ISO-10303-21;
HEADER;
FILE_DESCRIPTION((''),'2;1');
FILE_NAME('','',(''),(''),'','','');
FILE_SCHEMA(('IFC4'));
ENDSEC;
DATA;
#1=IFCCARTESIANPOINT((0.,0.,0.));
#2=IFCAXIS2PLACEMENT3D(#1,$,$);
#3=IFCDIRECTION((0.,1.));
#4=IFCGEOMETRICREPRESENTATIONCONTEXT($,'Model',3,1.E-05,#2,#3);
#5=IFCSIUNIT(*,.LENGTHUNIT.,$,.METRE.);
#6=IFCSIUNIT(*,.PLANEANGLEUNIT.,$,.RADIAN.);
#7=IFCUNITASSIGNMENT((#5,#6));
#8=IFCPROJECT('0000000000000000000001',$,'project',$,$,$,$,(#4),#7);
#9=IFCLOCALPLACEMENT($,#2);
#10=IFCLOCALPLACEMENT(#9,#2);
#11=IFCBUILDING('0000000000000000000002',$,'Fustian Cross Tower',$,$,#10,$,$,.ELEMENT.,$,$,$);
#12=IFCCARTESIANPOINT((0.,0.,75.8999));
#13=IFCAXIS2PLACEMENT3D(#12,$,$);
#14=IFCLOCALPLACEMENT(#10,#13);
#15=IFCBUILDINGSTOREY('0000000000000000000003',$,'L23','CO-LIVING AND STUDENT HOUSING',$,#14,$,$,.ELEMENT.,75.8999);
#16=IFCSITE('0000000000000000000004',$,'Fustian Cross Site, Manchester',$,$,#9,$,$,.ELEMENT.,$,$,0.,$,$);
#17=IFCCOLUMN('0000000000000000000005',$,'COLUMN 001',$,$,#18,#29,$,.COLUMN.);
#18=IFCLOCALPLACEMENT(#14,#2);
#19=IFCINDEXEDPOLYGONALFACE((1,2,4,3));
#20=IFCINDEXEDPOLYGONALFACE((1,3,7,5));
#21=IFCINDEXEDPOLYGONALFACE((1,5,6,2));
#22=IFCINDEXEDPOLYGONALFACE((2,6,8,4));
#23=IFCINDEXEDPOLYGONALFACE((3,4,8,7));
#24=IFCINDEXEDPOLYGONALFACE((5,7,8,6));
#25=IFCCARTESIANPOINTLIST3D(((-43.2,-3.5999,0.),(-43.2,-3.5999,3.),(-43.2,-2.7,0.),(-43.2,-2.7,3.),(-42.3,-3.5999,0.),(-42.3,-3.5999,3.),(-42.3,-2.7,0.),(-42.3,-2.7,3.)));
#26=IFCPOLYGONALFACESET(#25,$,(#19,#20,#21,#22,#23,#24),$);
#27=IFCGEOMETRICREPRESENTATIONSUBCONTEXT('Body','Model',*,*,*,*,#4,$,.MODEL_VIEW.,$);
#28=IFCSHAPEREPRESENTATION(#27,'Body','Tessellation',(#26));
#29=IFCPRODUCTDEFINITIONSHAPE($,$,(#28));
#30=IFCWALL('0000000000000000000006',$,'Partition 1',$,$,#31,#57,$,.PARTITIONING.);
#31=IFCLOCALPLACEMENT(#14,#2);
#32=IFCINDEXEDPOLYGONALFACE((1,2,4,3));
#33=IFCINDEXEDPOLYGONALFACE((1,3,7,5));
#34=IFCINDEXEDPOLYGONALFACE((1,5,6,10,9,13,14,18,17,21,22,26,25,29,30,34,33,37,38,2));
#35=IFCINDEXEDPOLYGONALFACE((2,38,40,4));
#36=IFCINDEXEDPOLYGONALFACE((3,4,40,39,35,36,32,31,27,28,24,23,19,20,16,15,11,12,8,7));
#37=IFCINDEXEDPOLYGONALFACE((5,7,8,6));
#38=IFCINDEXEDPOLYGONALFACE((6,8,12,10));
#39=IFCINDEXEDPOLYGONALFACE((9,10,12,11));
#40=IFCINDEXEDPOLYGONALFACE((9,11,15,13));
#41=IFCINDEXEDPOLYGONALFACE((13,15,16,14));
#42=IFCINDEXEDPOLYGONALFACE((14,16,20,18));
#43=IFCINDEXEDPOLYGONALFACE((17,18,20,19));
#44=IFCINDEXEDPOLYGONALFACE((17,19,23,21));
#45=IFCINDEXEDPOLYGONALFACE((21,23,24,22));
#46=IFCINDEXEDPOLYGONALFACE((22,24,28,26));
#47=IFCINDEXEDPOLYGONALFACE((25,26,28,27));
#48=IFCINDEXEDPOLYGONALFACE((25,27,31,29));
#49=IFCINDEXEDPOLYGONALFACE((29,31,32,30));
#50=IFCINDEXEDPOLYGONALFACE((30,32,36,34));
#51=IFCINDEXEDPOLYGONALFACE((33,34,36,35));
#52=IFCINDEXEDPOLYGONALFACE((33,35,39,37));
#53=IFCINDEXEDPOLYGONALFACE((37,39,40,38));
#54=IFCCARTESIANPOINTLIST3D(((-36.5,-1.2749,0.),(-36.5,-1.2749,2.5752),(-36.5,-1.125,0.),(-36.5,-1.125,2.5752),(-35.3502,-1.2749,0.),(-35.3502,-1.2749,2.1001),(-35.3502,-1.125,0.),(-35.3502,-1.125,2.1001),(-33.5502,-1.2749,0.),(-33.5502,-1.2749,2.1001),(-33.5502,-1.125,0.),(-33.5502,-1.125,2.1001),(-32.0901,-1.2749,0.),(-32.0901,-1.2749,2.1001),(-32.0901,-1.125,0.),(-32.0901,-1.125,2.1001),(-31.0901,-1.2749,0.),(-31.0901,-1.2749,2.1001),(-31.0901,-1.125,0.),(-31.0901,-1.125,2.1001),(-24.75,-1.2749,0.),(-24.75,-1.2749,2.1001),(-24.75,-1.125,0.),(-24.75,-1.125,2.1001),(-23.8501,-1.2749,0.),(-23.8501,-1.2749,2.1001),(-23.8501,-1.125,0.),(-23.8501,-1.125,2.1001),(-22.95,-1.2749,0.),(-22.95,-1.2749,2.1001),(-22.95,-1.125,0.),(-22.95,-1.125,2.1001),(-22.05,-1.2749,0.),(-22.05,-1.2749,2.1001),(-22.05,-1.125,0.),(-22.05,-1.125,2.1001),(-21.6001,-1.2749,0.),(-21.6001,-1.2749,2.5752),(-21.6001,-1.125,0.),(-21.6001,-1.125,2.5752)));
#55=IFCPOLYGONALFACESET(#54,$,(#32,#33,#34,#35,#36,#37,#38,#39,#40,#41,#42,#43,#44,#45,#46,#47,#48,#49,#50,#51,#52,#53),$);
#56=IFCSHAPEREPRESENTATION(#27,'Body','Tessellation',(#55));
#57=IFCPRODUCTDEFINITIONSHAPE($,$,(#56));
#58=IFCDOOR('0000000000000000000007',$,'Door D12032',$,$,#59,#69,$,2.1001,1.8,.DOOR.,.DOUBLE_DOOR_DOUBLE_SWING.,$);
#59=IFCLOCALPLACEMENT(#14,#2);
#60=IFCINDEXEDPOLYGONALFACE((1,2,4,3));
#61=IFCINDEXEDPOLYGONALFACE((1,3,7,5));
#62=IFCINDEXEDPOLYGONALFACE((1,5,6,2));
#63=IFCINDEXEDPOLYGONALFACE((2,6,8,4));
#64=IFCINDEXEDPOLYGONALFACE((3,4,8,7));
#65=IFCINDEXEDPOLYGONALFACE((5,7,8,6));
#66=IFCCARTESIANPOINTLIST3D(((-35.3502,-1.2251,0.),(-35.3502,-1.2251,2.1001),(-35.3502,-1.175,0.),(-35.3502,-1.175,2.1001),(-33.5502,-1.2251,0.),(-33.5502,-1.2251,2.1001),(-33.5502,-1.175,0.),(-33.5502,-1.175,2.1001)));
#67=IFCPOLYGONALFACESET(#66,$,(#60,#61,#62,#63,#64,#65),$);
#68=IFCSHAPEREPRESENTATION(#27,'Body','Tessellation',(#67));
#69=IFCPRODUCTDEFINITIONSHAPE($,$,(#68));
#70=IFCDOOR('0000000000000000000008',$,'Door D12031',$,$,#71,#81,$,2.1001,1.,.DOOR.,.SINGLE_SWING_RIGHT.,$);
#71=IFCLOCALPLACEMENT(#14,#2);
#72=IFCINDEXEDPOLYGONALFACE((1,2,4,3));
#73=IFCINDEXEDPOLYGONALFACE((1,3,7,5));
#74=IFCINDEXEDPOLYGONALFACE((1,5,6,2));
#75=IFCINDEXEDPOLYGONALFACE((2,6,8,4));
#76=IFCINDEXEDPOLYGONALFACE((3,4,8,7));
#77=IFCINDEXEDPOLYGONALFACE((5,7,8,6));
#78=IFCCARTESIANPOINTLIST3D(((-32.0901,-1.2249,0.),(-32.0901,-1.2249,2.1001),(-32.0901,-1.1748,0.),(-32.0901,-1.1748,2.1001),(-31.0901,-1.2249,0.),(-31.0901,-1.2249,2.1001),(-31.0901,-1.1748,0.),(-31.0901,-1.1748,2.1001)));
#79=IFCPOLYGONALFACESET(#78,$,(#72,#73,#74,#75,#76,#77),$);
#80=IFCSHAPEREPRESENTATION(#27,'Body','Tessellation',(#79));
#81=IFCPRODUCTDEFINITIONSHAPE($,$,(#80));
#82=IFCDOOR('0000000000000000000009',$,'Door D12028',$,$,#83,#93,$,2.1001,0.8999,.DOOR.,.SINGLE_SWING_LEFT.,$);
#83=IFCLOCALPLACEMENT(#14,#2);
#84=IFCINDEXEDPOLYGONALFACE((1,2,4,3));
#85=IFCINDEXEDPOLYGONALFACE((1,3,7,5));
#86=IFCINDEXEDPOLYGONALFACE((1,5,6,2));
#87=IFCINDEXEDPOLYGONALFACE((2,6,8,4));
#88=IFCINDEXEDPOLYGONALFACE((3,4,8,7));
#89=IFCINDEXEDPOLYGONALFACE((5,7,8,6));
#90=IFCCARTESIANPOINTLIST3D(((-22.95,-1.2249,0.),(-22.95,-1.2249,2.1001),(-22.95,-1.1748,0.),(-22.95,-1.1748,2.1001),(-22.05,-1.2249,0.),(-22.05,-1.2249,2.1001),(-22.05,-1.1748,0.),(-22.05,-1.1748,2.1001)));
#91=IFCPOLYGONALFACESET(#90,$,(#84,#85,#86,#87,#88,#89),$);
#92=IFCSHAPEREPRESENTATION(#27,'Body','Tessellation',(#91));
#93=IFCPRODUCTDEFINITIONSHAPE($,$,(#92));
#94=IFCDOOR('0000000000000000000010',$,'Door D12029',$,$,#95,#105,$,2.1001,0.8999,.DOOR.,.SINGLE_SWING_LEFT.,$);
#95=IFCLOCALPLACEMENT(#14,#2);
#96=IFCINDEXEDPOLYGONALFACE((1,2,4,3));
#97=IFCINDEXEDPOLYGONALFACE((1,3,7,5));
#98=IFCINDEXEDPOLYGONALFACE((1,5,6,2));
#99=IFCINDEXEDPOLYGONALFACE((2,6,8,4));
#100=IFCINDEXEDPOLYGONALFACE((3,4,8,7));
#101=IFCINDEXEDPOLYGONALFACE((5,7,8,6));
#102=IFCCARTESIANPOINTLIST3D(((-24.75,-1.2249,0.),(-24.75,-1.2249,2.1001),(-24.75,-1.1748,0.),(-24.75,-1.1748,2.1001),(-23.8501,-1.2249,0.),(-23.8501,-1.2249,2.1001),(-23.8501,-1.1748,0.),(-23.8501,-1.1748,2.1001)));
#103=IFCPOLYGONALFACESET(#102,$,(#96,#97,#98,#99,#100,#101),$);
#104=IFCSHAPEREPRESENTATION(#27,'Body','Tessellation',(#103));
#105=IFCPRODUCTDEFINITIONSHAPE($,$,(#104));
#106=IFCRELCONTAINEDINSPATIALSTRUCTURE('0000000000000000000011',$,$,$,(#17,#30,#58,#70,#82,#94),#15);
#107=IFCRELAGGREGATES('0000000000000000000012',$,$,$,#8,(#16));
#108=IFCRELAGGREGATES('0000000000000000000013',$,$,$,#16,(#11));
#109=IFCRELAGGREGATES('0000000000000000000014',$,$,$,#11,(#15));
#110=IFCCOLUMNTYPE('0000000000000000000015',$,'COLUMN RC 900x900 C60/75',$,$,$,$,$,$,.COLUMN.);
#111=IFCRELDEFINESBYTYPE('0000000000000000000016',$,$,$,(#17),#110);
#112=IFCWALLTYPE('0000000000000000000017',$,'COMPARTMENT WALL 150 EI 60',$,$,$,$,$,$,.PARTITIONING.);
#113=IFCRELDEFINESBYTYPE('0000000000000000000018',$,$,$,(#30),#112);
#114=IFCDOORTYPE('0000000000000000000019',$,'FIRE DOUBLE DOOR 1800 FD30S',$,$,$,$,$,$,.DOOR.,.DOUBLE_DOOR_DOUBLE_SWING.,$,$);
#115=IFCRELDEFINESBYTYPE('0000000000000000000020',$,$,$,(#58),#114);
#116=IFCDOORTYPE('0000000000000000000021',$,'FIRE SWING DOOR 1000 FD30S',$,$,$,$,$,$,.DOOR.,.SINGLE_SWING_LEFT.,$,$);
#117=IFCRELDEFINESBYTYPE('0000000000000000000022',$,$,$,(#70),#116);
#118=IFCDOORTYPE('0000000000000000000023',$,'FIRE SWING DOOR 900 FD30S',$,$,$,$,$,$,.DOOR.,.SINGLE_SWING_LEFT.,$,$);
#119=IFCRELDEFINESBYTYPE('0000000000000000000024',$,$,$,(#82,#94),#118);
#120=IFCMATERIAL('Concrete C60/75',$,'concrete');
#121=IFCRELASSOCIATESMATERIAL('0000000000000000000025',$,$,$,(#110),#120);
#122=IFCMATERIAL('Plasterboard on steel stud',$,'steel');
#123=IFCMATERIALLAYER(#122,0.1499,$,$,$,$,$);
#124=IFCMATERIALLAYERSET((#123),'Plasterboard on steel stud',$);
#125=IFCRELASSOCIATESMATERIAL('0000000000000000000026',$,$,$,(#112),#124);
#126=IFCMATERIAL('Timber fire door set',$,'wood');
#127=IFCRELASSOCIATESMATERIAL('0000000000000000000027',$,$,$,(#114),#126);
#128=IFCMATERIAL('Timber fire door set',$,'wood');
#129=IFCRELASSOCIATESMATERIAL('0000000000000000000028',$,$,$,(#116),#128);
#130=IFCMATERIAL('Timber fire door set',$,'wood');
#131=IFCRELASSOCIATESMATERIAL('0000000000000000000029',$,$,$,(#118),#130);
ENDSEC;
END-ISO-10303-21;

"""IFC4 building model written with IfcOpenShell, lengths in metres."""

from ifc_helpers import new_model, si_unit, direction, frame, frame_2d, origin, origin_2d, place, context, subcontext, project, spatial, rectangle, extrude, material, layer, layer_set, material_profile, profile_set, type_object, element, fill, save


model = new_model("IFC4")

# Units and contexts
model_context = context("Model", 3, precision=1e-05, world=origin(), true_north=direction((0.0, 1.0)))
body_context = subcontext(model_context, "Body", "Model", "MODEL_VIEW")
ifc_project = project(units=[si_unit("LENGTHUNIT", "METRE"), si_unit("PLANEANGLEUNIT", "RADIAN")], contexts=[model_context])

# Site, building, storey
site_placement = place(None, origin())
site = spatial("IfcSite", under=ifc_project, at=site_placement, Name="Fustian Cross Site, Manchester", CompositionType="ELEMENT", RefElevation=0.0)
building_placement = place(site_placement, origin())
building = spatial("IfcBuilding", under=site, at=building_placement, Name="Fustian Cross Tower", CompositionType="ELEMENT")
storey_placement = place(building_placement, frame((0.0, 0.0, 75.8999)))
storey = spatial("IfcBuildingStorey", under=building, at=storey_placement, Name="L23", Description="CO-LIVING AND STUDENT HOUSING", CompositionType="ELEMENT", Elevation=75.8999)

# Column
ifc_material_1 = material(Name="Concrete C60/75", Category="concrete")
ifc_material_profile = material_profile(ifc_material_1, rectangle(XDim=0.8999, YDim=0.8999, at=origin_2d()), Name="RC 900x900")
ifc_profile_set = profile_set([ifc_material_profile], Name="Concrete C60/75")
column_type = type_object("IfcColumnType", Name="COLUMN RC 900x900 C60/75", PredefinedType="COLUMN", material=ifc_profile_set)
column_placement = place(storey_placement, frame((-42.75, -3.1499, 0.0), z_axis=(0.0, 0.0, 1.0), x_axis=(1.0, 0.0, 0.0)))
element("IfcColumn", 1, at=column_placement, inside=storey, type_object=column_type, Name="COLUMN 001", PredefinedType="COLUMN", context=body_context, shape_type="SweptSolid", body=[
    extrude(rectangle(XDim=0.8999, YDim=0.8999, at=origin_2d()), origin(), (0.0, 0.0, 1.0), 3.0),
])

# Wall, openings, doors
ifc_material_2 = material(Name="Plasterboard on steel stud", Category="steel")
ifc_layer_1 = layer(ifc_material_2, 0.1499)
ifc_layer_set_1 = layer_set([ifc_layer_1], Name="Plasterboard on steel stud")
wall_type_1 = type_object("IfcWallType", Name="COMPARTMENT WALL 150 EI 60", PredefinedType="PARTITIONING", material=ifc_layer_set_1)
wall_1_placement = place(storey_placement, frame((-36.5, -1.2, 0.0), z_axis=(0.0, 0.0, 1.0), x_axis=(1.0, 0.0, 0.0)))
wall_1 = element("IfcWall", 2, at=wall_1_placement, inside=storey, type_object=wall_type_1, Name="Partition 1", PredefinedType="PARTITIONING", context=body_context, shape_type="SweptSolid", body=[
    extrude(rectangle(XDim=14.8999, YDim=0.1499, at=frame_2d((7.45, 0.0))), origin(), (0.0, 0.0, 1.0), 2.5752),
])
opening_1_placement = place(wall_1_placement, frame((13.55, 0.0, 0.0)))
opening_1 = element("IfcOpeningElement", 3, at=opening_1_placement, cuts=wall_1, PredefinedType="OPENING", context=body_context, shape_type="SweptSolid", body=[
    extrude(rectangle(XDim=0.8999, YDim=2.1001, at=frame_2d((0.45, 1.05))), frame((0.0, 0.085, 0.0), z_axis=(0.0, -1.0, 0.0), x_axis=(1.0, 0.0, 0.0)), (0.0, 0.0, 1.0), 0.1699),
])
opening_2_placement = place(wall_1_placement, frame((11.75, 0.0, 0.0)))
opening_2 = element("IfcOpeningElement", 4, at=opening_2_placement, cuts=wall_1, PredefinedType="OPENING", context=body_context, shape_type="SweptSolid", body=[
    extrude(rectangle(XDim=0.8999, YDim=2.1001, at=frame_2d((0.45, 1.05))), frame((0.0, 0.085, 0.0), z_axis=(0.0, -1.0, 0.0), x_axis=(1.0, 0.0, 0.0)), (0.0, 0.0, 1.0), 0.1699),
])
opening_3_placement = place(wall_1_placement, frame((4.4099, 0.0, 0.0)))
opening_3 = element("IfcOpeningElement", 5, at=opening_3_placement, cuts=wall_1, PredefinedType="OPENING", context=body_context, shape_type="SweptSolid", body=[
    extrude(rectangle(XDim=1.0, YDim=2.1001, at=frame_2d((0.5, 1.05))), frame((0.0, 0.085, 0.0), z_axis=(0.0, -1.0, 0.0), x_axis=(1.0, 0.0, 0.0)), (0.0, 0.0, 1.0), 0.1699),
])
opening_4_placement = place(wall_1_placement, frame((1.1499, 0.0, 0.0)))
opening_4 = element("IfcOpeningElement", 6, at=opening_4_placement, cuts=wall_1, PredefinedType="OPENING", context=body_context, shape_type="SweptSolid", body=[
    extrude(rectangle(XDim=1.8, YDim=2.1001, at=frame_2d((0.8999, 1.05))), frame((0.0, 0.085, 0.0), z_axis=(0.0, -1.0, 0.0), x_axis=(1.0, 0.0, 0.0)), (0.0, 0.0, 1.0), 0.1699),
])
ifc_material_3 = material(Name="Timber fire door set", Category="wood")
door_type_1 = type_object("IfcDoorType", Name="FIRE DOUBLE DOOR 1800 FD30S", OperationType="DOUBLE_DOOR_DOUBLE_SWING", PredefinedType="DOOR", material=ifc_material_3)
door_1_placement = place(opening_4_placement, origin())
door_1 = element("IfcDoor", 7, at=door_1_placement, inside=storey, type_object=door_type_1, Name="Door D12032", OperationType="DOUBLE_DOOR_DOUBLE_SWING", OverallHeight=2.1001, OverallWidth=1.8, PredefinedType="DOOR", context=body_context, shape_type="SweptSolid", body=[
    extrude(rectangle(XDim=1.8, YDim=2.1001, at=frame_2d((0.8999, 1.05))), frame((0.0, 0.0249, 0.0), z_axis=(0.0, -1.0, 0.0), x_axis=(1.0, 0.0, 0.0)), (0.0, 0.0, 1.0), 0.05),
])
fill(opening_4, door_1)
ifc_material_4 = material(Name="Timber fire door set", Category="wood")
door_type_2 = type_object("IfcDoorType", Name="FIRE SWING DOOR 1000 FD30S", OperationType="SINGLE_SWING_LEFT", PredefinedType="DOOR", material=ifc_material_4)
door_2_placement = place(opening_3_placement, frame((1.0, 0.0, 0.0), z_axis=(0.0, 0.0, 1.0), x_axis=(-1.0, 0.0, 0.0)))
door_2 = element("IfcDoor", 8, at=door_2_placement, inside=storey, type_object=door_type_2, Name="Door D12031", OperationType="SINGLE_SWING_RIGHT", OverallHeight=2.1001, OverallWidth=1.0, PredefinedType="DOOR", context=body_context, shape_type="SweptSolid", body=[
    extrude(rectangle(XDim=1.0, YDim=2.1001, at=frame_2d((0.5, 1.05))), frame((0.0, 0.0249, 0.0), z_axis=(0.0, -1.0, 0.0), x_axis=(1.0, 0.0, 0.0)), (0.0, 0.0, 1.0), 0.05),
])
fill(opening_3, door_2)
ifc_material_5 = material(Name="Timber fire door set", Category="wood")
door_type_3 = type_object("IfcDoorType", Name="FIRE SWING DOOR 900 FD30S", OperationType="SINGLE_SWING_LEFT", PredefinedType="DOOR", material=ifc_material_5)
door_3_placement = place(opening_1_placement, frame((0.8999, 0.0, 0.0), z_axis=(0.0, 0.0, 1.0), x_axis=(-1.0, 0.0, 0.0)))
door_3 = element("IfcDoor", 9, at=door_3_placement, inside=storey, type_object=door_type_3, Name="Door D12028", OperationType="SINGLE_SWING_LEFT", OverallHeight=2.1001, OverallWidth=0.8999, PredefinedType="DOOR", context=body_context, shape_type="SweptSolid", body=[
    extrude(rectangle(XDim=0.8999, YDim=2.1001, at=frame_2d((0.45, 1.05))), frame((0.0, 0.0249, 0.0), z_axis=(0.0, -1.0, 0.0), x_axis=(1.0, 0.0, 0.0)), (0.0, 0.0, 1.0), 0.05),
])
fill(opening_1, door_3)
door_4_placement = place(opening_2_placement, frame((0.8999, 0.0, 0.0), z_axis=(0.0, 0.0, 1.0), x_axis=(-1.0, 0.0, 0.0)))
door_4 = element("IfcDoor", 10, at=door_4_placement, inside=storey, type_object=door_type_3, Name="Door D12029", OperationType="SINGLE_SWING_LEFT", OverallHeight=2.1001, OverallWidth=0.8999, PredefinedType="DOOR", context=body_context, shape_type="SweptSolid", body=[
    extrude(rectangle(XDim=0.8999, YDim=2.1001, at=frame_2d((0.45, 1.05))), frame((0.0, 0.0249, 0.0), z_axis=(0.0, -1.0, 0.0), x_axis=(1.0, 0.0, 0.0)), (0.0, 0.0, 1.0), 0.05),
])
fill(opening_2, door_4)

save(model, "model.ifc")
